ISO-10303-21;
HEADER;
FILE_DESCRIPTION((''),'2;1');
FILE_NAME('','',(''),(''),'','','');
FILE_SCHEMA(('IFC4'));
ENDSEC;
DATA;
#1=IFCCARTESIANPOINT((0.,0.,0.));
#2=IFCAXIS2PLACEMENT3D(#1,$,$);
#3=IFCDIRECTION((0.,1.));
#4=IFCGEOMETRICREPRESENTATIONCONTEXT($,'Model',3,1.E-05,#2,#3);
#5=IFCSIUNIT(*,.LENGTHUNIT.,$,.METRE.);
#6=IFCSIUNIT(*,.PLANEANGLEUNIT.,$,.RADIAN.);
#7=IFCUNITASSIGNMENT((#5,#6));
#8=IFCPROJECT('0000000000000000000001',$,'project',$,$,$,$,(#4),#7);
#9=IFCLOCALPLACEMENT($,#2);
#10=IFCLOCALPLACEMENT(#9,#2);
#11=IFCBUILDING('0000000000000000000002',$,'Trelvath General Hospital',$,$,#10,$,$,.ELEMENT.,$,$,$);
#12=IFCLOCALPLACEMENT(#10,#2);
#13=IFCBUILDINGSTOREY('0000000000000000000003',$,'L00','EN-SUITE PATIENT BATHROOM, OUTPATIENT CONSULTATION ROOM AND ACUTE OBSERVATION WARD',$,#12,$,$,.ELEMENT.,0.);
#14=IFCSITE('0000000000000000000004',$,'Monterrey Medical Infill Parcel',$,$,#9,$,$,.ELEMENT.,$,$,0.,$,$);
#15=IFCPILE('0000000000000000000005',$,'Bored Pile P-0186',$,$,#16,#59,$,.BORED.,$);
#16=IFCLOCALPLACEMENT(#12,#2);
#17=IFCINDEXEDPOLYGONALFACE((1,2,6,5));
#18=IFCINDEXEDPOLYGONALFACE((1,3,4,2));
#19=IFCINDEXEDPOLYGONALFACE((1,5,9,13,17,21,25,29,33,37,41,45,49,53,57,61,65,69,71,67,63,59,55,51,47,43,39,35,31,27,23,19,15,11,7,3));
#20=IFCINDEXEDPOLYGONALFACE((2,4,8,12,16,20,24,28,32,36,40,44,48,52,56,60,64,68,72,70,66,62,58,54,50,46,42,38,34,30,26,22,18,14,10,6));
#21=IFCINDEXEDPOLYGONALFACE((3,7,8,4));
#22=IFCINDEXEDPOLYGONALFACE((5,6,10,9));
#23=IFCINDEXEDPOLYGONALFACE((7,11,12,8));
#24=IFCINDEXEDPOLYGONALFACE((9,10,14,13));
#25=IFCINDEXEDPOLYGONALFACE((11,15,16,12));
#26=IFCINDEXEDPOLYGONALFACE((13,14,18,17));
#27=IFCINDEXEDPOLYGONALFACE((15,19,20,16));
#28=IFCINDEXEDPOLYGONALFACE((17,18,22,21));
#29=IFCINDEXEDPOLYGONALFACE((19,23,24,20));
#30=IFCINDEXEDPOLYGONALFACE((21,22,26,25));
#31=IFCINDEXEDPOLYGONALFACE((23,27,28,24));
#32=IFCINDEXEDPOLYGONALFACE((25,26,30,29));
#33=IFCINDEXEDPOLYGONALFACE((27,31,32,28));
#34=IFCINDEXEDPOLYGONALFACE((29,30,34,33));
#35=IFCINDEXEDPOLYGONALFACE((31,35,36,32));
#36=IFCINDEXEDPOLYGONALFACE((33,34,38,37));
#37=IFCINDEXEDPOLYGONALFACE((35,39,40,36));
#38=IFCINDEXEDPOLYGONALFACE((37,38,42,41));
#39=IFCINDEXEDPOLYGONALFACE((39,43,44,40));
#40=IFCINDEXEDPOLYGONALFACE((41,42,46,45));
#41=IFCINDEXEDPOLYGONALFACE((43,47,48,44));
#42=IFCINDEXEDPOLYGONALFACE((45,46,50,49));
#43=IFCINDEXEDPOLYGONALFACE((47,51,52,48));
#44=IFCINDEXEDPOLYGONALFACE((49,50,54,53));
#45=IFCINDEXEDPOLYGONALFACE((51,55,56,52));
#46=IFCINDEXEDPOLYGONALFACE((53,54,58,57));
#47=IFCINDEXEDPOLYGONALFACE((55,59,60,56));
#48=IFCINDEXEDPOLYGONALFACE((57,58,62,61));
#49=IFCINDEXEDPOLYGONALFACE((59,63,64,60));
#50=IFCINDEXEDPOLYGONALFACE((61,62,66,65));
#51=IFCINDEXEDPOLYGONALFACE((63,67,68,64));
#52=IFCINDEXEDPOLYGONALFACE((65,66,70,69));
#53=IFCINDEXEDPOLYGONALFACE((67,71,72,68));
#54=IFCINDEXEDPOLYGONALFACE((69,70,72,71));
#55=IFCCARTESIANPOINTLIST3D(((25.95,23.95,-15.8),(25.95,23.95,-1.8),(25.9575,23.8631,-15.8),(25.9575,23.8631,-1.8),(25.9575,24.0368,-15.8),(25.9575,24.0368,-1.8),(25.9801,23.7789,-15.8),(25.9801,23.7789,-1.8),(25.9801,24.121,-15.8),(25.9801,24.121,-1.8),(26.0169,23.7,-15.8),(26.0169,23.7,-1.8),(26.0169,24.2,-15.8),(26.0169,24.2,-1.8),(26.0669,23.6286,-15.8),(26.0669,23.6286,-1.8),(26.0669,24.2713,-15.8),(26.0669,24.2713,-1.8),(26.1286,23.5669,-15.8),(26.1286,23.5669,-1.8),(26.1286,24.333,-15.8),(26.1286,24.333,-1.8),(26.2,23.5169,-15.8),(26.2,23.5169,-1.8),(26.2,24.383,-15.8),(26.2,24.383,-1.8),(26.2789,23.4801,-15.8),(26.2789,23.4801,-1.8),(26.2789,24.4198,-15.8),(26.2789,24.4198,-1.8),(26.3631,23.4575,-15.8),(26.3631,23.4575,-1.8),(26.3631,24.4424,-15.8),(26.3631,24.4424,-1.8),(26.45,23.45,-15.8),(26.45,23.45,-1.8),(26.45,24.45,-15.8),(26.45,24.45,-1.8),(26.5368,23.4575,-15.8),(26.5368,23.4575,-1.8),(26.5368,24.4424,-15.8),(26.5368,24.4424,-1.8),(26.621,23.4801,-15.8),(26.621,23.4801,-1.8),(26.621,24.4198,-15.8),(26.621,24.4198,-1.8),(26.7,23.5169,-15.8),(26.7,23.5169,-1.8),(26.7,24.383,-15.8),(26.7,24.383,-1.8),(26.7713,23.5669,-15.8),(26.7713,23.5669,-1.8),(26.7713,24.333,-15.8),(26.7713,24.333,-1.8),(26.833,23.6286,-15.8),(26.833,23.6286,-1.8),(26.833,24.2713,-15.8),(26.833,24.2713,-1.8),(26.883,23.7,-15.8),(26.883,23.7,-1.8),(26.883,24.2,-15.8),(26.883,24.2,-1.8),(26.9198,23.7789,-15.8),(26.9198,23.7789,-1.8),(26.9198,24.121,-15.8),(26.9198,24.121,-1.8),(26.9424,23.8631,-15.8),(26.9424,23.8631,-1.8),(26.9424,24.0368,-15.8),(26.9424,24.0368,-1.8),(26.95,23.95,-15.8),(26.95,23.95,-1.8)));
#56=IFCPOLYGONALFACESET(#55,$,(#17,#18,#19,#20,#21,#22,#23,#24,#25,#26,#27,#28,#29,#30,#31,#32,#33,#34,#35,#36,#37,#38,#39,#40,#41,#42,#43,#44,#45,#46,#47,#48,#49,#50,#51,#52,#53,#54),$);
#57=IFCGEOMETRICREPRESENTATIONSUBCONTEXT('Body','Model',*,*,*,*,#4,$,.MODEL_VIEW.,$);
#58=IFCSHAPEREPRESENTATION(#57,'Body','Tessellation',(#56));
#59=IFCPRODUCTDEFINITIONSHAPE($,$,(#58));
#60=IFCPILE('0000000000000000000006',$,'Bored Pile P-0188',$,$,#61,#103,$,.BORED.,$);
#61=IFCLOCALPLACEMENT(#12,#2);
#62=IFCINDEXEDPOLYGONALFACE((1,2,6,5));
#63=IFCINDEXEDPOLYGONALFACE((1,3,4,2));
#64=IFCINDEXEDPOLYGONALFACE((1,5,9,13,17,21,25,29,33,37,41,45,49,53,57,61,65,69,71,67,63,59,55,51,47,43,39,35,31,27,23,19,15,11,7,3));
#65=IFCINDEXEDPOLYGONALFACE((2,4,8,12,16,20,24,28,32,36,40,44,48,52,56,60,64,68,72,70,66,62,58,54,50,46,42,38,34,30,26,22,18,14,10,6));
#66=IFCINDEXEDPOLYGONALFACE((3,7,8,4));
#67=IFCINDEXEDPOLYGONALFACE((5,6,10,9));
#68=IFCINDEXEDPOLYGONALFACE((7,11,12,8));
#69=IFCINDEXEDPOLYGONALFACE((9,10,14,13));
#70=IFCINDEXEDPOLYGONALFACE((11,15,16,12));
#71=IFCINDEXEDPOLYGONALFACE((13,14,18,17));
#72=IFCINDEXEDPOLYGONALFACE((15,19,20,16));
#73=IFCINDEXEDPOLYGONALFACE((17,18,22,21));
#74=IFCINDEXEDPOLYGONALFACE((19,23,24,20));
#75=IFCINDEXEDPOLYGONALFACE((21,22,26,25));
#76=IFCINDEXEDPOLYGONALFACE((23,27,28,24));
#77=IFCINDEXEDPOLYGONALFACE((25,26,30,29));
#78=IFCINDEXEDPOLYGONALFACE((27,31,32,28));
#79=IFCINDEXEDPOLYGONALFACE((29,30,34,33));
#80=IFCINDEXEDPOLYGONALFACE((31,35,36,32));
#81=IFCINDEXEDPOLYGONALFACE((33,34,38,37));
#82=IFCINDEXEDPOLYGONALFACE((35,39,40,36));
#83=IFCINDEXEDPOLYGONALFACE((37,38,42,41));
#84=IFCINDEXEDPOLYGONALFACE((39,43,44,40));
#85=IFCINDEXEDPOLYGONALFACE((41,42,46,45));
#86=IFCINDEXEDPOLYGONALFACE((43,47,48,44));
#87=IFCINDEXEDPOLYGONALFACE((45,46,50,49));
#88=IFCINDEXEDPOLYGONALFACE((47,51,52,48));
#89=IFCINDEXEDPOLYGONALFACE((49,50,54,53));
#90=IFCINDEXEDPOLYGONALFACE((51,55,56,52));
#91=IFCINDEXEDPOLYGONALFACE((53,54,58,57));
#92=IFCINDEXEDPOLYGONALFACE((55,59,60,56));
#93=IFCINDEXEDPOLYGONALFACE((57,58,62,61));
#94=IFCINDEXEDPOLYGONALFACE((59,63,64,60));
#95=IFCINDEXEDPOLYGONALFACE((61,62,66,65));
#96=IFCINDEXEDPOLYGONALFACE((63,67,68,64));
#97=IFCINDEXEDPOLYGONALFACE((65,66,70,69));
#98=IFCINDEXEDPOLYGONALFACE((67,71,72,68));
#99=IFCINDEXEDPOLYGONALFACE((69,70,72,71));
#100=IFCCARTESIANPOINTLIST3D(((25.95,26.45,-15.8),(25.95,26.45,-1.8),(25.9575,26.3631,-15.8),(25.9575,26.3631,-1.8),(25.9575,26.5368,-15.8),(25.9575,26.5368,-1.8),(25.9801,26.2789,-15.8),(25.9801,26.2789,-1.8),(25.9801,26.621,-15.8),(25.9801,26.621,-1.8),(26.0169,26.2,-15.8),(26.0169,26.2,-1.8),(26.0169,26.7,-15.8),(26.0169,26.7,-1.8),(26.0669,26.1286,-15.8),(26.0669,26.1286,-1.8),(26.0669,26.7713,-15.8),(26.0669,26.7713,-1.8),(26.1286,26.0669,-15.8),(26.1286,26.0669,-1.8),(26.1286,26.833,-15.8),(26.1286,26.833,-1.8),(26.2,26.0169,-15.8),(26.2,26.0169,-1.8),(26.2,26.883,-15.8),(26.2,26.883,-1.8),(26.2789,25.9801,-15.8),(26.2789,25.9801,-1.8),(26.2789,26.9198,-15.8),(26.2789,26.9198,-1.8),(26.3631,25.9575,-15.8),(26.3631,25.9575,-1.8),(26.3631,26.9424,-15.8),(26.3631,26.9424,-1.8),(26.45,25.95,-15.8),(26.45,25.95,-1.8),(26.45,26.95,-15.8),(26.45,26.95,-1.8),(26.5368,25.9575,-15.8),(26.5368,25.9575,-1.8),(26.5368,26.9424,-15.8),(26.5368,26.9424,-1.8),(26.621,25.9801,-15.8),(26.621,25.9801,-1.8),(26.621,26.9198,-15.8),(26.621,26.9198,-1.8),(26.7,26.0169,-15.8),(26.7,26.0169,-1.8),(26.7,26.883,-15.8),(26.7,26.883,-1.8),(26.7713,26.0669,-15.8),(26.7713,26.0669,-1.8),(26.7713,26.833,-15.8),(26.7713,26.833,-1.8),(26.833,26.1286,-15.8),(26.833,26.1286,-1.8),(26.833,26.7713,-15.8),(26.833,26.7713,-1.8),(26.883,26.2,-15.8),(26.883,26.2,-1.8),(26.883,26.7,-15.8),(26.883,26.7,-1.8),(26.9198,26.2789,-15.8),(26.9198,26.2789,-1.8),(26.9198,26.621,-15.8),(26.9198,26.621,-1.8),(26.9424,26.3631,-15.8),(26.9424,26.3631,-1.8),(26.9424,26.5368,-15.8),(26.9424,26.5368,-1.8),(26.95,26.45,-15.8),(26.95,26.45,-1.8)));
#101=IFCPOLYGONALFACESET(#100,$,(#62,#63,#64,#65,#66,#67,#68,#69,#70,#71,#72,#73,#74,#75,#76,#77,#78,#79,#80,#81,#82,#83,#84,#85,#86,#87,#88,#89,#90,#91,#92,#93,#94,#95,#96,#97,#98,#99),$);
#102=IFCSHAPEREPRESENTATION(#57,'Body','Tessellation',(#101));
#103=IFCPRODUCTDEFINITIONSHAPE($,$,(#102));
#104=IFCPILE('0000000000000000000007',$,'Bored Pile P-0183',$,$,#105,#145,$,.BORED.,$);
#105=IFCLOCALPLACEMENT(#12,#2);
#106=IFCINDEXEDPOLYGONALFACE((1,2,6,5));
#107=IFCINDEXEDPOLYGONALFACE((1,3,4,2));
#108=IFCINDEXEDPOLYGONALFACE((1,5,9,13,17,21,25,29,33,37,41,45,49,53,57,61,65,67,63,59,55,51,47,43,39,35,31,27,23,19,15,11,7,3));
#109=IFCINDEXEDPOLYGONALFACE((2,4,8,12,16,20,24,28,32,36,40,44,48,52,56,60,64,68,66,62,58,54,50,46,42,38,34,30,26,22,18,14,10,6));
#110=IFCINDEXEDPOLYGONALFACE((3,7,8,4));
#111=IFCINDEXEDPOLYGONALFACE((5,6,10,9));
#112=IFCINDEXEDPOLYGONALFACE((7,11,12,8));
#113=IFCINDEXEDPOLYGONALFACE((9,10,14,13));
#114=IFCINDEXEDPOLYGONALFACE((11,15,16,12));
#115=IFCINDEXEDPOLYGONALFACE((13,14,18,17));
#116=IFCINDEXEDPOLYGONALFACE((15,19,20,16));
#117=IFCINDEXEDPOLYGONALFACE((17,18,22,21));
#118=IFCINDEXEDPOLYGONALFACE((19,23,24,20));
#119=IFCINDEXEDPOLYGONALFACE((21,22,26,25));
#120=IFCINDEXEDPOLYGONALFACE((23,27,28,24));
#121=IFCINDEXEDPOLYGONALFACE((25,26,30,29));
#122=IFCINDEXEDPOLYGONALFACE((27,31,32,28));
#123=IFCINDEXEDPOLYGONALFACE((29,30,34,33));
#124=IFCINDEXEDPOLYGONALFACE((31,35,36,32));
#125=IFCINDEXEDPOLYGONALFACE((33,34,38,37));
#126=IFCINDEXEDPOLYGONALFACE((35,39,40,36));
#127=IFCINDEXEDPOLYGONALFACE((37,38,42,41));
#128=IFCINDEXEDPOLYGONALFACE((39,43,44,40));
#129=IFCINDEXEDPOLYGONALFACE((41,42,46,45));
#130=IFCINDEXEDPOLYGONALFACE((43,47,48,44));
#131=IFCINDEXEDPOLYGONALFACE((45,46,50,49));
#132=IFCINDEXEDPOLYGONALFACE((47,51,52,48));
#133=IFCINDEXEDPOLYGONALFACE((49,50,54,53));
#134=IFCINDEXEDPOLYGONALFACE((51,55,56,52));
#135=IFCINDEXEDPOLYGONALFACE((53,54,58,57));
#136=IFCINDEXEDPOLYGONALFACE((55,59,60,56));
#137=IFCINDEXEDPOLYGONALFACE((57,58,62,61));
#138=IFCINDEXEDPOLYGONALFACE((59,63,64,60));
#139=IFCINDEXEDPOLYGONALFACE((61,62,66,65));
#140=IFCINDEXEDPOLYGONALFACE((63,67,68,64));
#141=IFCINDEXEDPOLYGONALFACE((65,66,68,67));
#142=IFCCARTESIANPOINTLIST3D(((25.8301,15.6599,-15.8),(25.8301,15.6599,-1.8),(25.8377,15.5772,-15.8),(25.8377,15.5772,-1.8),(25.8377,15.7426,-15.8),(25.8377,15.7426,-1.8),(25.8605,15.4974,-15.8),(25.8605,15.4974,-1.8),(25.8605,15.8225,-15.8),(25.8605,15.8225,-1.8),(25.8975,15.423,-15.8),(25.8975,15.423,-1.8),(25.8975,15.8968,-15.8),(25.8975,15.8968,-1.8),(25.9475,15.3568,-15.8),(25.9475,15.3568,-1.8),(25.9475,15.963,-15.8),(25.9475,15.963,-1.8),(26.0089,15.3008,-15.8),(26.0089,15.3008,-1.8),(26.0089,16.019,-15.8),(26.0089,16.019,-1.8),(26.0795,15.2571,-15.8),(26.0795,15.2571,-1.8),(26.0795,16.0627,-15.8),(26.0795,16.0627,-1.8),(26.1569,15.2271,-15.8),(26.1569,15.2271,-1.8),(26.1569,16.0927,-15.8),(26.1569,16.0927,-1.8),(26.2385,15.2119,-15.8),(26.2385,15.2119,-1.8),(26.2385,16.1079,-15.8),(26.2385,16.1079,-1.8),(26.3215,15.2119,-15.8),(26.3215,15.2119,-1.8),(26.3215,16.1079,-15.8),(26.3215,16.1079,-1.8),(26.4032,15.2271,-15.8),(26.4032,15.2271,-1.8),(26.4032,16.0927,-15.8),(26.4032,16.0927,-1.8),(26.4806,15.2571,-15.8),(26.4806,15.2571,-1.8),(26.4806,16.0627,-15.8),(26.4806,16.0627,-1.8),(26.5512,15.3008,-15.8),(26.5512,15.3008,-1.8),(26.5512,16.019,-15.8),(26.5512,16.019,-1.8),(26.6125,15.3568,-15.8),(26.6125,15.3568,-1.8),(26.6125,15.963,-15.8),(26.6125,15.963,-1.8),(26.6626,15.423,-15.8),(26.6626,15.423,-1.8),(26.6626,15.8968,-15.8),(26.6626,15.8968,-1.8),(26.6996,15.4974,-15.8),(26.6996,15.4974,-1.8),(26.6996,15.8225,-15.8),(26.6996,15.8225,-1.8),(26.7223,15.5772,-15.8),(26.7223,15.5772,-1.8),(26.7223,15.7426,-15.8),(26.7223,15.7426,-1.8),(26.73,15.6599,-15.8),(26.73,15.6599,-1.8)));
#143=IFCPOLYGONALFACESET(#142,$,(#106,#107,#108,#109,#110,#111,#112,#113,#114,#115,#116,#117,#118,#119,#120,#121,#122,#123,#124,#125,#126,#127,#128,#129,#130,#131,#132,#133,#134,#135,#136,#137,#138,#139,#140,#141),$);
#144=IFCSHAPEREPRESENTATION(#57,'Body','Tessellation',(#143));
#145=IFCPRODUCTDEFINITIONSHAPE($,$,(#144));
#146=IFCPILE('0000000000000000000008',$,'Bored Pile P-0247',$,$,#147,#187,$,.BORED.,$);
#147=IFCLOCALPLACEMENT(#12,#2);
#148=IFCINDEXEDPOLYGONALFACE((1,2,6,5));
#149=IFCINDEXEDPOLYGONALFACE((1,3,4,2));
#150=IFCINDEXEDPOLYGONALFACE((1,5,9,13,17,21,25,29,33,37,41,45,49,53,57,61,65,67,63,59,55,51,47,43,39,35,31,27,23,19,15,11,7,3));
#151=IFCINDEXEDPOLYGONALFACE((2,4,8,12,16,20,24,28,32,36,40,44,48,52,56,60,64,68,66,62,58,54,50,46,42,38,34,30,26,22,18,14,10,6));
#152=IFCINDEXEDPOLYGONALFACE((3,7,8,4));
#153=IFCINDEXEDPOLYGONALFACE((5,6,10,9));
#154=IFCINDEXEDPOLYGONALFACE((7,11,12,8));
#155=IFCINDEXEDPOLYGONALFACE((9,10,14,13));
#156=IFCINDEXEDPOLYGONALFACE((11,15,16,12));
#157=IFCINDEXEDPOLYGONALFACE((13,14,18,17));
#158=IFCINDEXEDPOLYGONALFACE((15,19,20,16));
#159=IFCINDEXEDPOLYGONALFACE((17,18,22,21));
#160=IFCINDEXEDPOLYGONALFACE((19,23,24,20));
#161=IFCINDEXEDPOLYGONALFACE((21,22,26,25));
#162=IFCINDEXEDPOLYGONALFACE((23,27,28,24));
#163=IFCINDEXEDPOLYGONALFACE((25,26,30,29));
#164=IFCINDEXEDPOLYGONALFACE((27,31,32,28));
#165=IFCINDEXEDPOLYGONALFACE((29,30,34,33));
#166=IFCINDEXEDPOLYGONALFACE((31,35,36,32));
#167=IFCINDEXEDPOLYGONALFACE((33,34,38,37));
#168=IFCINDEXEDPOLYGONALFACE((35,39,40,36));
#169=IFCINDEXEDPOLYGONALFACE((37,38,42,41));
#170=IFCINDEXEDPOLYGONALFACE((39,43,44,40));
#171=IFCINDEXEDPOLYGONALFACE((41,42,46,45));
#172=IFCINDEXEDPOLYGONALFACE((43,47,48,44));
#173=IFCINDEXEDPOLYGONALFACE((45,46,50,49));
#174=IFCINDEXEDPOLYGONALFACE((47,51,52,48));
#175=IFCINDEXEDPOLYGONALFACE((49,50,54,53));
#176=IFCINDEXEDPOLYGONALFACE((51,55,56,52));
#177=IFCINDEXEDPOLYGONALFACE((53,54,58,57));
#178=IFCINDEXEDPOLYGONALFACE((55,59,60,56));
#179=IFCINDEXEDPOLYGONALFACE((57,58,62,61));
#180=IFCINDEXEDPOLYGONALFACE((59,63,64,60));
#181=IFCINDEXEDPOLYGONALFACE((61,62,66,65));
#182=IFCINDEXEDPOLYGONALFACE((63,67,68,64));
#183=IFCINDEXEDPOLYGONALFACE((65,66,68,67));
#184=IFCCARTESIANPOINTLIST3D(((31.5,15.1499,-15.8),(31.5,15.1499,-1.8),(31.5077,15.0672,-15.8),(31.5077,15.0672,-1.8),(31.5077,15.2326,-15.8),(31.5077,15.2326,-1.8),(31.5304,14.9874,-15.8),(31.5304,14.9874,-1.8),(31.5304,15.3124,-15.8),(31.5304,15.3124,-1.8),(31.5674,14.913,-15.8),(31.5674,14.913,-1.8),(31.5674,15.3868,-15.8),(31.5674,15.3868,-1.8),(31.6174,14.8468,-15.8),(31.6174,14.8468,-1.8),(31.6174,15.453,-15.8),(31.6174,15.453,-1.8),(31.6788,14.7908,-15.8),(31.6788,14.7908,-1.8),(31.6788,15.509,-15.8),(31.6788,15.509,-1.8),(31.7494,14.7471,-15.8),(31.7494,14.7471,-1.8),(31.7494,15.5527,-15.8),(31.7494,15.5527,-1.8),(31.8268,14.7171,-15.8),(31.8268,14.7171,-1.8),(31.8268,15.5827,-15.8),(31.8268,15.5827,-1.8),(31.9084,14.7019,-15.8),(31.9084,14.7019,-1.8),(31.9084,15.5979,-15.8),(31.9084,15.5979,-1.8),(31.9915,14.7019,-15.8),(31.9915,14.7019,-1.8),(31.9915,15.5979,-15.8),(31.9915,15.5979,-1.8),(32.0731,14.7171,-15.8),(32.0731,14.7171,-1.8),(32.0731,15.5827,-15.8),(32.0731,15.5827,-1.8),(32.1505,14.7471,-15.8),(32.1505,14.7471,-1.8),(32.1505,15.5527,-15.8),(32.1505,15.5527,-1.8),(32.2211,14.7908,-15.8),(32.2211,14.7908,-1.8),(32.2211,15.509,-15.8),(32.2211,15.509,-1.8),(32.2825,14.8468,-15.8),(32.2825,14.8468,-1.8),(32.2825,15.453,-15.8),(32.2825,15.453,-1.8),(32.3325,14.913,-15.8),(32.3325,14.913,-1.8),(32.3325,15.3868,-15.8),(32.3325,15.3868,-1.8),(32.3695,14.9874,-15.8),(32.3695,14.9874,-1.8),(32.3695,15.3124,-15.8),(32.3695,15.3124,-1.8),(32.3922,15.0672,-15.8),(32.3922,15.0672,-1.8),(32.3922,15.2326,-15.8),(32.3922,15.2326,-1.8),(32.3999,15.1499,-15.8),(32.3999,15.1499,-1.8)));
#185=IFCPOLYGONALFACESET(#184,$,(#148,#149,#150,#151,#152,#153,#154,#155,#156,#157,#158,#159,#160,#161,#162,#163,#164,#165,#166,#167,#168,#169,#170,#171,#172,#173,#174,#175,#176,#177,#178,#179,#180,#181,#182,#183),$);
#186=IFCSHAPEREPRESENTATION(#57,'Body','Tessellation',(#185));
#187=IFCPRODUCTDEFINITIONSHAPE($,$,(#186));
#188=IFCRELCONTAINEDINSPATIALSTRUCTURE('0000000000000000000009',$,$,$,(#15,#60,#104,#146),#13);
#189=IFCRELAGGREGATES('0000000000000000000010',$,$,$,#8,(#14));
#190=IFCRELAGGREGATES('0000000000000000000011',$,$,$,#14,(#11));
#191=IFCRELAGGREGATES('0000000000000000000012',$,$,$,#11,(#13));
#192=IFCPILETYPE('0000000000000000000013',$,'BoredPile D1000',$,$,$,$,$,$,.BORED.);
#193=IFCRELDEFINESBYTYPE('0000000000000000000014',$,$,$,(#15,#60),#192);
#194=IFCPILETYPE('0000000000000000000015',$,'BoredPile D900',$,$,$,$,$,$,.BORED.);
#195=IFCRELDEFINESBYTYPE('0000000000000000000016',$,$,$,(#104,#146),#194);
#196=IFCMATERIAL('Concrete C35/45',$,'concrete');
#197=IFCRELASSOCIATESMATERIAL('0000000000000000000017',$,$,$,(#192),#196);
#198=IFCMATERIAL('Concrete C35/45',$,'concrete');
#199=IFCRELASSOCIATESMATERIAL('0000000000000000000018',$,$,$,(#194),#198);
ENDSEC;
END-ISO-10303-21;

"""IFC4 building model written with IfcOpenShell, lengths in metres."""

from ifc_helpers import new_model, si_unit, direction, frame, origin, origin_2d, place, context, subcontext, project, spatial, circle, extrude, material, material_profile, profile_set, type_object, element, save


model = new_model("IFC4")

# Units and contexts
model_context = context("Model", 3, precision=1e-05, world=origin(), true_north=direction((0.0, 1.0)))
body_context = subcontext(model_context, "Body", "Model", "MODEL_VIEW")
ifc_project = project(units=[si_unit("LENGTHUNIT", "METRE"), si_unit("PLANEANGLEUNIT", "RADIAN")], contexts=[model_context])

# Site, building, storey
site_placement = place(None, origin())
site = spatial("IfcSite", under=ifc_project, at=site_placement, Name="Monterrey Medical Infill Parcel", CompositionType="ELEMENT", RefElevation=0.0)
building_placement = place(site_placement, origin())
building = spatial("IfcBuilding", under=site, at=building_placement, Name="Trelvath General Hospital", CompositionType="ELEMENT")
storey_placement = place(building_placement, origin())
storey = spatial("IfcBuildingStorey", under=building, at=storey_placement, Name="L00", Description="EN-SUITE PATIENT BATHROOM, OUTPATIENT CONSULTATION ROOM AND ACUTE OBSERVATION WARD", CompositionType="ELEMENT", Elevation=0.0)

# Piles
ifc_material_1 = material(Name="Concrete C35/45", Category="concrete")
ifc_material_profile_1 = material_profile(ifc_material_1, circle(Radius=0.5, at=origin_2d()), Name="PILE1000")
ifc_profile_set_1 = profile_set([ifc_material_profile_1], Name="Concrete C35/45")
pile_type_1 = type_object("IfcPileType", Name="BoredPile D1000", PredefinedType="BORED", material=ifc_profile_set_1)
for number, where, z_axis, x_axis, name in (
    (1, (26.45, 23.95, -1.8), (0.0, 0.0, -1.0), (1.0, 0.0, 0.0), "Bored Pile P-0186"),
    (2, (26.45, 26.45, -1.8), (0.0, 0.0, -1.0), (1.0, 0.0, 0.0), "Bored Pile P-0188"),
):
    element("IfcPile", number, at=place(storey_placement, frame(where, z_axis=z_axis, x_axis=x_axis)), inside=storey, type_object=pile_type_1, Name=name, PredefinedType="BORED", context=body_context, shape_type="SweptSolid", body=[
        extrude(circle(Radius=0.5, at=origin_2d()), origin(), (0.0, 0.0, 1.0), 14.0),
    ])
ifc_material_2 = material(Name="Concrete C35/45", Category="concrete")
ifc_material_profile_2 = material_profile(ifc_material_2, circle(Radius=0.45, at=origin_2d()), Name="PILE900")
ifc_profile_set_2 = profile_set([ifc_material_profile_2], Name="Concrete C35/45")
pile_type_2 = type_object("IfcPileType", Name="BoredPile D900", PredefinedType="BORED", material=ifc_profile_set_2)
for number, where, z_axis, x_axis, name in (
    (3, (26.28, 15.6599, -1.8), (0.0, 0.0, -1.0), (1.0, 0.0, 0.0), "Bored Pile P-0183"),
    (4, (31.95, 15.1499, -1.8), (0.0, 0.0, -1.0), (1.0, 0.0, 0.0), "Bored Pile P-0247"),
):
    element("IfcPile", number, at=place(storey_placement, frame(where, z_axis=z_axis, x_axis=x_axis)), inside=storey, type_object=pile_type_2, Name=name, PredefinedType="BORED", context=body_context, shape_type="SweptSolid", body=[
        extrude(circle(Radius=0.45, at=origin_2d()), origin(), (0.0, 0.0, 1.0), 14.0),
    ])

save(model, "model.ifc")
